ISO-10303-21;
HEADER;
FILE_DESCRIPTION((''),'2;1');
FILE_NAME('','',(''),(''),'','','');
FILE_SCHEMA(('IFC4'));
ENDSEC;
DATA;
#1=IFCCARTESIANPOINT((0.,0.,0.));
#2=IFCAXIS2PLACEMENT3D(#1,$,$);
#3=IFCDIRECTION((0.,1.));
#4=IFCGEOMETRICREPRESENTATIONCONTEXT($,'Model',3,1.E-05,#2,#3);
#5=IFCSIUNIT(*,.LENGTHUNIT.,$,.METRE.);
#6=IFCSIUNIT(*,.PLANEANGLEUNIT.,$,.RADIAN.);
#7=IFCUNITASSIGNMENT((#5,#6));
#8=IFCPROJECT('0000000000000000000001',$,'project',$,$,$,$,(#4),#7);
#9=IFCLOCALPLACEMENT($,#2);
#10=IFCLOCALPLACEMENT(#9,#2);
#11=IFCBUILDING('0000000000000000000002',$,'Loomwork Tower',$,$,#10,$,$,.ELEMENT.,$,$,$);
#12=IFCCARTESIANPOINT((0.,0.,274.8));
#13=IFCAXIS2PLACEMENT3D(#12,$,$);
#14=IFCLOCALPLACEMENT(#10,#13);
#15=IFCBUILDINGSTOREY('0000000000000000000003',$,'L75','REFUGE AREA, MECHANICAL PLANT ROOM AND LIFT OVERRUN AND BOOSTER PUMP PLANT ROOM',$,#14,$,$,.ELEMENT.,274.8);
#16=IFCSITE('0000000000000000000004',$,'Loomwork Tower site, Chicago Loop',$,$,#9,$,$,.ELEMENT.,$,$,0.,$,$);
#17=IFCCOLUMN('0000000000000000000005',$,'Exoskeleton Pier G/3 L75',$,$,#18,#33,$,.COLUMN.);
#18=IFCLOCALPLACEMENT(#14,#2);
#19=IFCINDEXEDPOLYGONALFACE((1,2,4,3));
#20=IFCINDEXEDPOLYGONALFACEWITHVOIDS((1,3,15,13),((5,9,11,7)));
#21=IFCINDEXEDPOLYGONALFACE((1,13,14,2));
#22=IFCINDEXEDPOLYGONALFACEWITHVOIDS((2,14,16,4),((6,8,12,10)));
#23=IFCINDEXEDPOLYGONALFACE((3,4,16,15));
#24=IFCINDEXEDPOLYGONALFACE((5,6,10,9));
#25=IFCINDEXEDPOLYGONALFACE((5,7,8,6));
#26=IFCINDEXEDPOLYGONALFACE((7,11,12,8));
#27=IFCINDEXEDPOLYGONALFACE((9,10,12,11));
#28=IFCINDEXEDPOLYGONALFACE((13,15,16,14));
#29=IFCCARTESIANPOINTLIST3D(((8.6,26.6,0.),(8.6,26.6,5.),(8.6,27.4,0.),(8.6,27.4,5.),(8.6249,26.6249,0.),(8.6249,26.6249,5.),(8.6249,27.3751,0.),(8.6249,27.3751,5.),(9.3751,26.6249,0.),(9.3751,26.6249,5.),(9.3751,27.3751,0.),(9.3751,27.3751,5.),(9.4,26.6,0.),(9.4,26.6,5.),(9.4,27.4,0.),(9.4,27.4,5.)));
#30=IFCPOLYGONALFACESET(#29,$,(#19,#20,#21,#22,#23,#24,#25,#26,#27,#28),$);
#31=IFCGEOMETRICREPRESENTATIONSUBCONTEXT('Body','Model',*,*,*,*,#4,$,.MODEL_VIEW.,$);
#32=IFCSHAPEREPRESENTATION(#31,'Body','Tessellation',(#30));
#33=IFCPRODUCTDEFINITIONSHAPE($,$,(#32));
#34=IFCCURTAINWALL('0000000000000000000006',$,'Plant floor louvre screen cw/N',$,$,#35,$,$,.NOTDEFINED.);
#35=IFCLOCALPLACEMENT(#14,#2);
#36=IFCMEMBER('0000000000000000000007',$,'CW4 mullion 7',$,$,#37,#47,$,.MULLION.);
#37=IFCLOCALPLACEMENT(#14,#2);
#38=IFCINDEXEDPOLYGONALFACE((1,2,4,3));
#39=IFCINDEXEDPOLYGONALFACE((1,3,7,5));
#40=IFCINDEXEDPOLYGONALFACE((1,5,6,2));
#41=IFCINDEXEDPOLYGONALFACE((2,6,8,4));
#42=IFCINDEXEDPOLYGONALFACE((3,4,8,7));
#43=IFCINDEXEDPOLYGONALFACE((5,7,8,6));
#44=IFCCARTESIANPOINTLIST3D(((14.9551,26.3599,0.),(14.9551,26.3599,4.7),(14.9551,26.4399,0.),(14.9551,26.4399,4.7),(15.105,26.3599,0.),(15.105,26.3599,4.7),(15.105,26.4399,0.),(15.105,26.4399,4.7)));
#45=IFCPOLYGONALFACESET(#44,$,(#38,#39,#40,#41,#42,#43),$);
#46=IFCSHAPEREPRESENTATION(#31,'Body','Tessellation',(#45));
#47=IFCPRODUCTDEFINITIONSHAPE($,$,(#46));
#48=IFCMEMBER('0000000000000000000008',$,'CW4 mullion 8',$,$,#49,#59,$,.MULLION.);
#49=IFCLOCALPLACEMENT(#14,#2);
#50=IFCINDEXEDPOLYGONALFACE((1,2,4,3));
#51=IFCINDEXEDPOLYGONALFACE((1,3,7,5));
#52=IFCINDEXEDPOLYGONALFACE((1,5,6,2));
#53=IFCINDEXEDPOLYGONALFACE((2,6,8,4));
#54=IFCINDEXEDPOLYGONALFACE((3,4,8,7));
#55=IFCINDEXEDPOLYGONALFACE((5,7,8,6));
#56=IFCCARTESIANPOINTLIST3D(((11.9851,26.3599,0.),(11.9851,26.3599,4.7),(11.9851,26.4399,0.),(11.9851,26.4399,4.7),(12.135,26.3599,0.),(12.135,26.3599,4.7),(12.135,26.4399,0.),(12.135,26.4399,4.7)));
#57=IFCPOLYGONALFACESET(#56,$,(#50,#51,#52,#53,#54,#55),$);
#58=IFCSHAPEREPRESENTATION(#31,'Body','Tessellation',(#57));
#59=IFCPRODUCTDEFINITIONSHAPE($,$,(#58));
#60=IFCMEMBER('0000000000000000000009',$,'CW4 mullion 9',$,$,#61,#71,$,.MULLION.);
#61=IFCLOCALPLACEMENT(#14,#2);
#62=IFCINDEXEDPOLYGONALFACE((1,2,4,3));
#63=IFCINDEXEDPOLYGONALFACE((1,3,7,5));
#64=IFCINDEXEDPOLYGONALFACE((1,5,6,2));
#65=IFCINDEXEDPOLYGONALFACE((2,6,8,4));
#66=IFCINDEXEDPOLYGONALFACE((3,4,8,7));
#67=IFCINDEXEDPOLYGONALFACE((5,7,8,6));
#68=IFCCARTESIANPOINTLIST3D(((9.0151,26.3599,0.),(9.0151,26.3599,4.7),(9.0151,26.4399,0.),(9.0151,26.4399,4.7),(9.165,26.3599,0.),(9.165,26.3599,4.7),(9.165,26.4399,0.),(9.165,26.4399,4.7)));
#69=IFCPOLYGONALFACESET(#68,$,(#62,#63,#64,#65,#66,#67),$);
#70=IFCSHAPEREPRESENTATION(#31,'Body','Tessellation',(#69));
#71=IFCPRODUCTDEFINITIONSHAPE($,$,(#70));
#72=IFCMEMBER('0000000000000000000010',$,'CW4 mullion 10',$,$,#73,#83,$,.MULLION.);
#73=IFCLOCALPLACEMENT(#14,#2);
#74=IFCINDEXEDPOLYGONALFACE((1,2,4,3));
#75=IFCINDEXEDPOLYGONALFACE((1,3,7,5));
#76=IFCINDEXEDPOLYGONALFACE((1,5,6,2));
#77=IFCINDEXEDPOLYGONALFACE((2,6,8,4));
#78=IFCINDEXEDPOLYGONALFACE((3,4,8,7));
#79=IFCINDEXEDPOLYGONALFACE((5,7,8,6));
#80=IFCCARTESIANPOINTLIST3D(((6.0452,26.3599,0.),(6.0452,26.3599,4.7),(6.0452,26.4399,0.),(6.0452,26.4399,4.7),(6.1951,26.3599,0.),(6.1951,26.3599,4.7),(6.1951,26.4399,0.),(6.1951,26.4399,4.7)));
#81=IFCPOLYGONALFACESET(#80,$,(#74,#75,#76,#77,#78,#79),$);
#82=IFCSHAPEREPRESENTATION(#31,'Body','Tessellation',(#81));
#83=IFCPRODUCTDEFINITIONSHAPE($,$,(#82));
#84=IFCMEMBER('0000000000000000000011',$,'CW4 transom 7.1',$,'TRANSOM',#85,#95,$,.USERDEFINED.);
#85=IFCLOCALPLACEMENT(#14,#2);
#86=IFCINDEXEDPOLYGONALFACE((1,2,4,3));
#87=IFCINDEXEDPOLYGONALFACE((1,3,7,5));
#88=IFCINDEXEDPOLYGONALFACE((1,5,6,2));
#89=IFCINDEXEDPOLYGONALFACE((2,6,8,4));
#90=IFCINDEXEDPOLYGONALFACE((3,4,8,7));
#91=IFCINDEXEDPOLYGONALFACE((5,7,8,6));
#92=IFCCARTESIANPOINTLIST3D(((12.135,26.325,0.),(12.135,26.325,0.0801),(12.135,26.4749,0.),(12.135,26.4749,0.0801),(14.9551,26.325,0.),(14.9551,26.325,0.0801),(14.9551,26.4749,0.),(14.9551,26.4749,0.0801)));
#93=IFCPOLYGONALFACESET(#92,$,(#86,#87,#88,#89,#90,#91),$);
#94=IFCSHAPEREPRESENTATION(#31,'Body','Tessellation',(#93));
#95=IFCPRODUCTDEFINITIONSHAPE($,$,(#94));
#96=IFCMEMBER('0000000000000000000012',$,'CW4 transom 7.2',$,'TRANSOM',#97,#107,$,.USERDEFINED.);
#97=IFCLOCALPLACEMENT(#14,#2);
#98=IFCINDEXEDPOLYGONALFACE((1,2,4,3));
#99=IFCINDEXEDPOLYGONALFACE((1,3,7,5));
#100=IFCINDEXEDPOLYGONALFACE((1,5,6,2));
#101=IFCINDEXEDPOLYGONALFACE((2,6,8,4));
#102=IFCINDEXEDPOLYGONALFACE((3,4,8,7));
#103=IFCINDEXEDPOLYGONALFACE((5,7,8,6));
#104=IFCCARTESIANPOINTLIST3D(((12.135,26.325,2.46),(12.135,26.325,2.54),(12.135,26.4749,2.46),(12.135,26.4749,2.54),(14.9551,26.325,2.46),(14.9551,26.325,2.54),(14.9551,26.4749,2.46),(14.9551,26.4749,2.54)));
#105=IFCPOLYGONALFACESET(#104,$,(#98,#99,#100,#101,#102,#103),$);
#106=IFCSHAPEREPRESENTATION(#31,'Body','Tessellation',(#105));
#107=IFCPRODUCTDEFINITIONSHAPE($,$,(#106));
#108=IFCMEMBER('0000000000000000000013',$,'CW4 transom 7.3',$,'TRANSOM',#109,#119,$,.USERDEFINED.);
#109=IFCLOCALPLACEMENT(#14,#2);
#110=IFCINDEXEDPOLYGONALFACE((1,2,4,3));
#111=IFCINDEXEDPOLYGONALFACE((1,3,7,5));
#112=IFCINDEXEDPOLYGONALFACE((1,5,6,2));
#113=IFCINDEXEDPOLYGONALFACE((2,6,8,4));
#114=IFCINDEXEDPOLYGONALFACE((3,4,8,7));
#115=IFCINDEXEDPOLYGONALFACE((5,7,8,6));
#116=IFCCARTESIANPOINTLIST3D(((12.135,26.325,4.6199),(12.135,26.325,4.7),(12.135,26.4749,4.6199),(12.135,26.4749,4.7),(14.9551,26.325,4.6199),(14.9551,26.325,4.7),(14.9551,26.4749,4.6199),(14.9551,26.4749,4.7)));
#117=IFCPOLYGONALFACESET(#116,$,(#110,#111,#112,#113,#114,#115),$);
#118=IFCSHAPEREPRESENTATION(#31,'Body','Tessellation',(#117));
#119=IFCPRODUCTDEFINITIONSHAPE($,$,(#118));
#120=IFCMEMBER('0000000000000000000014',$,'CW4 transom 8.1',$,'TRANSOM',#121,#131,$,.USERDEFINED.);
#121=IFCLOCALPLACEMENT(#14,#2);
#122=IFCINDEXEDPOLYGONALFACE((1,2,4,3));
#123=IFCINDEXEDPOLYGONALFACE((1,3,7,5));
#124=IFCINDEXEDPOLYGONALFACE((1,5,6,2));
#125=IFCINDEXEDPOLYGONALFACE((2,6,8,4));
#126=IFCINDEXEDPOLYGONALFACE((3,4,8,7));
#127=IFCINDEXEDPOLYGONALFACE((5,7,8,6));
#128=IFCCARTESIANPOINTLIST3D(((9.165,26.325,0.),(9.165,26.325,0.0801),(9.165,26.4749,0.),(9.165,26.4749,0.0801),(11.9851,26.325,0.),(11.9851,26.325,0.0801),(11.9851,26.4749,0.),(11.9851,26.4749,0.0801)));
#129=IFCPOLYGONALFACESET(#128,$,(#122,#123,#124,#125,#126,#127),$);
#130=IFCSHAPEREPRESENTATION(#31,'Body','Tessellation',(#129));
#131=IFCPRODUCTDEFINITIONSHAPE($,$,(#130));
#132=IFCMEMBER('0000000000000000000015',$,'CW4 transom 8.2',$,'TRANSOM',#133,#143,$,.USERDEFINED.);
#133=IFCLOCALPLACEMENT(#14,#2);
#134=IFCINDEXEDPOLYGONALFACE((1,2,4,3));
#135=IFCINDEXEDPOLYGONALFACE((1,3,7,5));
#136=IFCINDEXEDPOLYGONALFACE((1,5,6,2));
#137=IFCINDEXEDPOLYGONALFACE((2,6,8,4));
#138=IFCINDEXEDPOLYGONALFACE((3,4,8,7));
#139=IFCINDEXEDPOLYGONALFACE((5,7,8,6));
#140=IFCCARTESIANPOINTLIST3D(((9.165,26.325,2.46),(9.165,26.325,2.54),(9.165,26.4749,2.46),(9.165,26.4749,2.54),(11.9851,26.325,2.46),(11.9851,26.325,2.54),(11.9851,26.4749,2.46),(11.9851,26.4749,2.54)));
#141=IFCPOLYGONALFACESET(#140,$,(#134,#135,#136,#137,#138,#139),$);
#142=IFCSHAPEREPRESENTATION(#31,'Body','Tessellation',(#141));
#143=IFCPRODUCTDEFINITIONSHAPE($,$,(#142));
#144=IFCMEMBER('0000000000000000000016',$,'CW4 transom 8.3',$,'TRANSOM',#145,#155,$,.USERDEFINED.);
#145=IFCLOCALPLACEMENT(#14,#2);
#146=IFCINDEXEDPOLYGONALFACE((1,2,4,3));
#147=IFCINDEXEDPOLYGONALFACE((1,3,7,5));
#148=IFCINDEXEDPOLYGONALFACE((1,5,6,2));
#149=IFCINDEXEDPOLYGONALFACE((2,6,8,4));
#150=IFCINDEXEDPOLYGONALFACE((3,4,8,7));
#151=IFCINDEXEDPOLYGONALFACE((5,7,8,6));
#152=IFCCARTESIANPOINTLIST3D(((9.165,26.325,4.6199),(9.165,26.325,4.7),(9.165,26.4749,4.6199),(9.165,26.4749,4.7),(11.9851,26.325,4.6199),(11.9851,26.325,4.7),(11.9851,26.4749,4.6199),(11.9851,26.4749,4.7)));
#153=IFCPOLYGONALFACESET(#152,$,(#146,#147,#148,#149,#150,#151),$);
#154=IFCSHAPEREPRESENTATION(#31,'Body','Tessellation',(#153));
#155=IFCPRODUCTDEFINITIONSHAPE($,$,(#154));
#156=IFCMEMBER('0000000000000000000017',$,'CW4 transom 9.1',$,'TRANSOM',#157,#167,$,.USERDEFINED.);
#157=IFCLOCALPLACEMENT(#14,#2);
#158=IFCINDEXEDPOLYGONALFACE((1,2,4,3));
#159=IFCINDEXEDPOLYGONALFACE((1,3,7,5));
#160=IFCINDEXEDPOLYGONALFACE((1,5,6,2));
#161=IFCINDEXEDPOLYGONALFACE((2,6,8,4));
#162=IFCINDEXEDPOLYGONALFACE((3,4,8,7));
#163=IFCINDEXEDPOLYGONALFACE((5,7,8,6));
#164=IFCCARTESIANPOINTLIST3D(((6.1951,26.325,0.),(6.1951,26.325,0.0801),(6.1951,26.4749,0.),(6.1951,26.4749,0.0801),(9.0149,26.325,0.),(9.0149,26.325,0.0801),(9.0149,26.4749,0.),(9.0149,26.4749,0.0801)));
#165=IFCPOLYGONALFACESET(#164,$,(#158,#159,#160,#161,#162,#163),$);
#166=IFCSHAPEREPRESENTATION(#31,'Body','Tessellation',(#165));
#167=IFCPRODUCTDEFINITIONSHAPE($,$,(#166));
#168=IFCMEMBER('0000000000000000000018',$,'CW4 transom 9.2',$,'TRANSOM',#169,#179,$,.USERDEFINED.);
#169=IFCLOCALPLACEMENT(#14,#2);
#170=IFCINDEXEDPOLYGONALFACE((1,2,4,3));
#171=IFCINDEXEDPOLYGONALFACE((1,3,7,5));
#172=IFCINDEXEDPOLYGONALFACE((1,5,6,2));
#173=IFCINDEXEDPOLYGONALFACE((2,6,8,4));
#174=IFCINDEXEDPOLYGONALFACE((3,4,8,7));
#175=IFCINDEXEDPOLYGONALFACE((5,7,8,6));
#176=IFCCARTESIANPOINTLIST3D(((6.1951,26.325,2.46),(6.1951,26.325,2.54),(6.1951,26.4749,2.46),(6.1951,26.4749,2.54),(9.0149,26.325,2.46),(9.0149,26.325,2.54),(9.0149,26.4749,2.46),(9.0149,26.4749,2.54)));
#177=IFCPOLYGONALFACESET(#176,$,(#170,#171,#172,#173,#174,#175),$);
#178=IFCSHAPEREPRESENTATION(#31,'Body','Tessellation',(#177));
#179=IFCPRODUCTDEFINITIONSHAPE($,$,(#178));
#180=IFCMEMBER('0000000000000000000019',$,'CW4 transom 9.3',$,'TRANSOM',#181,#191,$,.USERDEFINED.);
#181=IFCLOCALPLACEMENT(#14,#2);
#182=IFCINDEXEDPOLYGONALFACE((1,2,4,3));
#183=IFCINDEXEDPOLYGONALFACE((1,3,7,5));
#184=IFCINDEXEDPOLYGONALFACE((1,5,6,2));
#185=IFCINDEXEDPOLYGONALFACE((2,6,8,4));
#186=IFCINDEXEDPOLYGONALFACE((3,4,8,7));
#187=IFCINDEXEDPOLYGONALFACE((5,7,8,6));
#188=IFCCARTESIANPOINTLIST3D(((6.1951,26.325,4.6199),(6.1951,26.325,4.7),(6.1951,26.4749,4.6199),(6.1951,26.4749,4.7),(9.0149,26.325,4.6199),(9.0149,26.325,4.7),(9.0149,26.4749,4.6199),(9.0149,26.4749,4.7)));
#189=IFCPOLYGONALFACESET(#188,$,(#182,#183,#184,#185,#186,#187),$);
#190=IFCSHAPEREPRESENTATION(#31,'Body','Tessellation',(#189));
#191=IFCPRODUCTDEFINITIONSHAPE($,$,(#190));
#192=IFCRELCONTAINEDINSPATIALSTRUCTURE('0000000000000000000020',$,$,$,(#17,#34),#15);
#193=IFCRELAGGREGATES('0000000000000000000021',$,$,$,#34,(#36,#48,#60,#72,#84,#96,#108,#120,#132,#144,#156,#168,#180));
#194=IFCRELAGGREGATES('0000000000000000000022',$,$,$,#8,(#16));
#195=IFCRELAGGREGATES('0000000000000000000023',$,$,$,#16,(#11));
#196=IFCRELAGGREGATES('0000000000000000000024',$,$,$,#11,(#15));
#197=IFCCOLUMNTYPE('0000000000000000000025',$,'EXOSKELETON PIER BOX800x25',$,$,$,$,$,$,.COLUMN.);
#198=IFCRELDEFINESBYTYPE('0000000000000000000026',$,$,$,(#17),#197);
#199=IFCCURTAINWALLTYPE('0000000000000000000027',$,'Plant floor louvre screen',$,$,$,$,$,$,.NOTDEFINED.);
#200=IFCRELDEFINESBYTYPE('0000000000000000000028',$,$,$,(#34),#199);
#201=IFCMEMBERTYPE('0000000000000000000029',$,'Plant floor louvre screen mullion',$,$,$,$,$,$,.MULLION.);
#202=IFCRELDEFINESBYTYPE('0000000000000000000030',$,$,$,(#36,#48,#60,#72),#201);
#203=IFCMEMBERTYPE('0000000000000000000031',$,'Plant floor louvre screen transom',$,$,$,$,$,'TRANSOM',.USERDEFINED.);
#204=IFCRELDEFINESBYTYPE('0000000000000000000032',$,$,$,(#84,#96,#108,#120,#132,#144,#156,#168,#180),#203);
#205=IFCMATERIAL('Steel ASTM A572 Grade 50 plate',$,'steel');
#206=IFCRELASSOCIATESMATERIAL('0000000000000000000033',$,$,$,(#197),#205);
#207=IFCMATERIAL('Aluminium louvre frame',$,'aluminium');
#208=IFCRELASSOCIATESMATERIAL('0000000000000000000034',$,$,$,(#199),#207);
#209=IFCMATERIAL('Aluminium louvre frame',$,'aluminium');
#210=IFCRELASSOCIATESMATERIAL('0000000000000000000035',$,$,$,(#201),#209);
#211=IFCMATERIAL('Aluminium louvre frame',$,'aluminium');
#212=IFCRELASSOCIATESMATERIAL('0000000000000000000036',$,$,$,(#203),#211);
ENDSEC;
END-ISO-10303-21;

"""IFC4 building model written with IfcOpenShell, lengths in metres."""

from ifc_helpers import new_model, si_unit, direction, frame, origin, origin_2d, place, context, subcontext, project, spatial, rectangle, hollow_rectangle, extrude, material, material_profile, profile_set, type_object, element, aggregate, save


model = new_model("IFC4")

# Units and contexts
model_context = context("Model", 3, precision=1e-05, world=origin(), true_north=direction((0.0, 1.0)))
body_context = subcontext(model_context, "Body", "Model", "MODEL_VIEW")
ifc_project = project(units=[si_unit("LENGTHUNIT", "METRE"), si_unit("PLANEANGLEUNIT", "RADIAN")], contexts=[model_context])

# Site, building, storey
site_placement = place(None, origin())
site = spatial("IfcSite", under=ifc_project, at=site_placement, Name="Loomwork Tower site, Chicago Loop", CompositionType="ELEMENT", RefElevation=0.0)
building_placement = place(site_placement, origin())
building = spatial("IfcBuilding", under=site, at=building_placement, Name="Loomwork Tower", CompositionType="ELEMENT")
storey_placement = place(building_placement, frame((0.0, 0.0, 274.8)))
storey = spatial("IfcBuildingStorey", under=building, at=storey_placement, Name="L75", Description="REFUGE AREA, MECHANICAL PLANT ROOM AND LIFT OVERRUN AND BOOSTER PUMP PLANT ROOM", CompositionType="ELEMENT", Elevation=274.8)

# Column
ifc_material_1 = material(Name="Steel ASTM A572 Grade 50 plate", Category="steel")
ifc_material_profile_1 = material_profile(ifc_material_1, hollow_rectangle(XDim=0.8, YDim=0.8, WallThickness=0.0249, at=origin_2d()), Name="BOX800x25")
ifc_profile_set_1 = profile_set([ifc_material_profile_1], Name="Steel ASTM A572 Grade 50 plate")
column_type = type_object("IfcColumnType", Name="EXOSKELETON PIER BOX800x25", PredefinedType="COLUMN", material=ifc_profile_set_1)
column_placement = place(storey_placement, frame((9.0, 27.0, 0.0), z_axis=(0.0, 0.0, 1.0), x_axis=(1.0, 0.0, 0.0)))
element("IfcColumn", 1, at=column_placement, inside=storey, type_object=column_type, Name="Exoskeleton Pier G/3 L75", PredefinedType="COLUMN", context=body_context, shape_type="SweptSolid", body=[
    extrude(hollow_rectangle(XDim=0.8, YDim=0.8, WallThickness=0.0249, at=origin_2d()), origin(), (0.0, 0.0, 1.0), 5.0),
])

# Curtain wall, members
ifc_material_2 = material(Name="Aluminium louvre frame", Category="aluminium")
curtain_wall_type = type_object("IfcCurtainWallType", Name="Plant floor louvre screen", PredefinedType="NOTDEFINED", material=ifc_material_2)
curtain_wall_placement = place(storey_placement, origin())
curtain_wall = element("IfcCurtainWall", 2, at=curtain_wall_placement, inside=storey, type_object=curtain_wall_type, Name="Plant floor louvre screen cw/N", PredefinedType="NOTDEFINED")
ifc_material_3 = material(Name="Aluminium louvre frame", Category="aluminium")
ifc_material_profile_2 = material_profile(ifc_material_3, rectangle(XDim=0.0801, YDim=0.1499, at=origin_2d()), Name="AL 80x150")
ifc_profile_set_2 = profile_set([ifc_material_profile_2], Name="Aluminium louvre frame")
member_type_1 = type_object("IfcMemberType", Name="Plant floor louvre screen mullion", PredefinedType="MULLION", material=ifc_profile_set_2)
member_1_placement = place(storey_placement, frame((15.03, 26.3999, 0.0), z_axis=(0.0, 0.0, 1.0), x_axis=(0.0, -1.0, 0.0)))
member_1 = element("IfcMember", 3, at=member_1_placement, type_object=member_type_1, Name="CW4 mullion 7", PredefinedType="MULLION", context=body_context, shape_type="SweptSolid", body=[
    extrude(rectangle(XDim=0.0801, YDim=0.1499, at=origin_2d()), origin(), (0.0, 0.0, 1.0), 4.7),
])
member_2_placement = place(storey_placement, frame((12.0601, 26.3999, 0.0), z_axis=(0.0, 0.0, 1.0), x_axis=(0.0, -1.0, 0.0)))
member_2 = element("IfcMember", 4, at=member_2_placement, type_object=member_type_1, Name="CW4 mullion 8", PredefinedType="MULLION", context=body_context, shape_type="SweptSolid", body=[
    extrude(rectangle(XDim=0.0801, YDim=0.1499, at=origin_2d()), origin(), (0.0, 0.0, 1.0), 4.7),
])
member_3_placement = place(storey_placement, frame((9.0901, 26.3999, 0.0), z_axis=(0.0, 0.0, 1.0), x_axis=(0.0, -1.0, 0.0)))
member_3 = element("IfcMember", 5, at=member_3_placement, type_object=member_type_1, Name="CW4 mullion 9", PredefinedType="MULLION", context=body_context, shape_type="SweptSolid", body=[
    extrude(rectangle(XDim=0.0801, YDim=0.1499, at=origin_2d()), origin(), (0.0, 0.0, 1.0), 4.7),
])
member_4_placement = place(storey_placement, frame((6.1201, 26.3999, 0.0), z_axis=(0.0, 0.0, 1.0), x_axis=(0.0, -1.0, 0.0)))
member_4 = element("IfcMember", 6, at=member_4_placement, type_object=member_type_1, Name="CW4 mullion 10", PredefinedType="MULLION", context=body_context, shape_type="SweptSolid", body=[
    extrude(rectangle(XDim=0.0801, YDim=0.1499, at=origin_2d()), origin(), (0.0, 0.0, 1.0), 4.7),
])
ifc_material_4 = material(Name="Aluminium louvre frame", Category="aluminium")
ifc_material_profile_3 = material_profile(ifc_material_4, rectangle(XDim=0.1499, YDim=0.0801, at=origin_2d()), Name="AL 80x150")
ifc_profile_set_3 = profile_set([ifc_material_profile_3], Name="Aluminium louvre frame")
member_type_2 = type_object("IfcMemberType", Name="Plant floor louvre screen transom", ElementType="TRANSOM", PredefinedType="USERDEFINED", material=ifc_profile_set_3)
member_5_placement = place(storey_placement, frame((14.9551, 26.3999, 0.04), z_axis=(-1.0, 0.0, 0.0), x_axis=(0.0, -1.0, 0.0)))
member_5 = element("IfcMember", 7, at=member_5_placement, type_object=member_type_2, Name="CW4 transom 7.1", ObjectType="TRANSOM", PredefinedType="USERDEFINED", context=body_context, shape_type="SweptSolid", body=[
    extrude(rectangle(XDim=0.1499, YDim=0.0801, at=origin_2d()), origin(), (0.0, 0.0, 1.0), 2.8201),
])
member_6_placement = place(storey_placement, frame((14.9551, 26.3999, 2.5), z_axis=(-1.0, 0.0, 0.0), x_axis=(0.0, -1.0, 0.0)))
member_6 = element("IfcMember", 8, at=member_6_placement, type_object=member_type_2, Name="CW4 transom 7.2", ObjectType="TRANSOM", PredefinedType="USERDEFINED", context=body_context, shape_type="SweptSolid", body=[
    extrude(rectangle(XDim=0.1499, YDim=0.0801, at=origin_2d()), origin(), (0.0, 0.0, 1.0), 2.8201),
])
member_7_placement = place(storey_placement, frame((14.9551, 26.3999, 4.6599), z_axis=(-1.0, 0.0, 0.0), x_axis=(0.0, -1.0, 0.0)))
member_7 = element("IfcMember", 9, at=member_7_placement, type_object=member_type_2, Name="CW4 transom 7.3", ObjectType="TRANSOM", PredefinedType="USERDEFINED", context=body_context, shape_type="SweptSolid", body=[
    extrude(rectangle(XDim=0.1499, YDim=0.0801, at=origin_2d()), origin(), (0.0, 0.0, 1.0), 2.8201),
])
member_8_placement = place(storey_placement, frame((11.9851, 26.3999, 0.04), z_axis=(-1.0, 0.0, 0.0), x_axis=(0.0, -1.0, 0.0)))
member_8 = element("IfcMember", 10, at=member_8_placement, type_object=member_type_2, Name="CW4 transom 8.1", ObjectType="TRANSOM", PredefinedType="USERDEFINED", context=body_context, shape_type="SweptSolid", body=[
    extrude(rectangle(XDim=0.1499, YDim=0.0801, at=origin_2d()), origin(), (0.0, 0.0, 1.0), 2.8201),
])
member_9_placement = place(storey_placement, frame((11.9851, 26.3999, 2.5), z_axis=(-1.0, 0.0, 0.0), x_axis=(0.0, -1.0, 0.0)))
member_9 = element("IfcMember", 11, at=member_9_placement, type_object=member_type_2, Name="CW4 transom 8.2", ObjectType="TRANSOM", PredefinedType="USERDEFINED", context=body_context, shape_type="SweptSolid", body=[
    extrude(rectangle(XDim=0.1499, YDim=0.0801, at=origin_2d()), origin(), (0.0, 0.0, 1.0), 2.8201),
])
member_10_placement = place(storey_placement, frame((11.9851, 26.3999, 4.6599), z_axis=(-1.0, 0.0, 0.0), x_axis=(0.0, -1.0, 0.0)))
member_10 = element("IfcMember", 12, at=member_10_placement, type_object=member_type_2, Name="CW4 transom 8.3", ObjectType="TRANSOM", PredefinedType="USERDEFINED", context=body_context, shape_type="SweptSolid", body=[
    extrude(rectangle(XDim=0.1499, YDim=0.0801, at=origin_2d()), origin(), (0.0, 0.0, 1.0), 2.8201),
])
member_11_placement = place(storey_placement, frame((9.0149, 26.3999, 0.04), z_axis=(-1.0, 0.0, 0.0), x_axis=(0.0, -1.0, 0.0)))
member_11 = element("IfcMember", 13, at=member_11_placement, type_object=member_type_2, Name="CW4 transom 9.1", ObjectType="TRANSOM", PredefinedType="USERDEFINED", context=body_context, shape_type="SweptSolid", body=[
    extrude(rectangle(XDim=0.1499, YDim=0.0801, at=origin_2d()), origin(), (0.0, 0.0, 1.0), 2.8198),
])
member_12_placement = place(storey_placement, frame((9.0149, 26.3999, 2.5), z_axis=(-1.0, 0.0, 0.0), x_axis=(0.0, -1.0, 0.0)))
member_12 = element("IfcMember", 14, at=member_12_placement, type_object=member_type_2, Name="CW4 transom 9.2", ObjectType="TRANSOM", PredefinedType="USERDEFINED", context=body_context, shape_type="SweptSolid", body=[
    extrude(rectangle(XDim=0.1499, YDim=0.0801, at=origin_2d()), origin(), (0.0, 0.0, 1.0), 2.8198),
])
member_13_placement = place(storey_placement, frame((9.0149, 26.3999, 4.6599), z_axis=(-1.0, 0.0, 0.0), x_axis=(0.0, -1.0, 0.0)))
member_13 = element("IfcMember", 15, at=member_13_placement, type_object=member_type_2, Name="CW4 transom 9.3", ObjectType="TRANSOM", PredefinedType="USERDEFINED", context=body_context, shape_type="SweptSolid", body=[
    extrude(rectangle(XDim=0.1499, YDim=0.0801, at=origin_2d()), origin(), (0.0, 0.0, 1.0), 2.8198),
])

aggregate(curtain_wall, [member_1, member_2, member_3, member_4, member_5, member_6, member_7, member_8, member_9, member_10, member_11, member_12, member_13])

save(model, "model.ifc")
